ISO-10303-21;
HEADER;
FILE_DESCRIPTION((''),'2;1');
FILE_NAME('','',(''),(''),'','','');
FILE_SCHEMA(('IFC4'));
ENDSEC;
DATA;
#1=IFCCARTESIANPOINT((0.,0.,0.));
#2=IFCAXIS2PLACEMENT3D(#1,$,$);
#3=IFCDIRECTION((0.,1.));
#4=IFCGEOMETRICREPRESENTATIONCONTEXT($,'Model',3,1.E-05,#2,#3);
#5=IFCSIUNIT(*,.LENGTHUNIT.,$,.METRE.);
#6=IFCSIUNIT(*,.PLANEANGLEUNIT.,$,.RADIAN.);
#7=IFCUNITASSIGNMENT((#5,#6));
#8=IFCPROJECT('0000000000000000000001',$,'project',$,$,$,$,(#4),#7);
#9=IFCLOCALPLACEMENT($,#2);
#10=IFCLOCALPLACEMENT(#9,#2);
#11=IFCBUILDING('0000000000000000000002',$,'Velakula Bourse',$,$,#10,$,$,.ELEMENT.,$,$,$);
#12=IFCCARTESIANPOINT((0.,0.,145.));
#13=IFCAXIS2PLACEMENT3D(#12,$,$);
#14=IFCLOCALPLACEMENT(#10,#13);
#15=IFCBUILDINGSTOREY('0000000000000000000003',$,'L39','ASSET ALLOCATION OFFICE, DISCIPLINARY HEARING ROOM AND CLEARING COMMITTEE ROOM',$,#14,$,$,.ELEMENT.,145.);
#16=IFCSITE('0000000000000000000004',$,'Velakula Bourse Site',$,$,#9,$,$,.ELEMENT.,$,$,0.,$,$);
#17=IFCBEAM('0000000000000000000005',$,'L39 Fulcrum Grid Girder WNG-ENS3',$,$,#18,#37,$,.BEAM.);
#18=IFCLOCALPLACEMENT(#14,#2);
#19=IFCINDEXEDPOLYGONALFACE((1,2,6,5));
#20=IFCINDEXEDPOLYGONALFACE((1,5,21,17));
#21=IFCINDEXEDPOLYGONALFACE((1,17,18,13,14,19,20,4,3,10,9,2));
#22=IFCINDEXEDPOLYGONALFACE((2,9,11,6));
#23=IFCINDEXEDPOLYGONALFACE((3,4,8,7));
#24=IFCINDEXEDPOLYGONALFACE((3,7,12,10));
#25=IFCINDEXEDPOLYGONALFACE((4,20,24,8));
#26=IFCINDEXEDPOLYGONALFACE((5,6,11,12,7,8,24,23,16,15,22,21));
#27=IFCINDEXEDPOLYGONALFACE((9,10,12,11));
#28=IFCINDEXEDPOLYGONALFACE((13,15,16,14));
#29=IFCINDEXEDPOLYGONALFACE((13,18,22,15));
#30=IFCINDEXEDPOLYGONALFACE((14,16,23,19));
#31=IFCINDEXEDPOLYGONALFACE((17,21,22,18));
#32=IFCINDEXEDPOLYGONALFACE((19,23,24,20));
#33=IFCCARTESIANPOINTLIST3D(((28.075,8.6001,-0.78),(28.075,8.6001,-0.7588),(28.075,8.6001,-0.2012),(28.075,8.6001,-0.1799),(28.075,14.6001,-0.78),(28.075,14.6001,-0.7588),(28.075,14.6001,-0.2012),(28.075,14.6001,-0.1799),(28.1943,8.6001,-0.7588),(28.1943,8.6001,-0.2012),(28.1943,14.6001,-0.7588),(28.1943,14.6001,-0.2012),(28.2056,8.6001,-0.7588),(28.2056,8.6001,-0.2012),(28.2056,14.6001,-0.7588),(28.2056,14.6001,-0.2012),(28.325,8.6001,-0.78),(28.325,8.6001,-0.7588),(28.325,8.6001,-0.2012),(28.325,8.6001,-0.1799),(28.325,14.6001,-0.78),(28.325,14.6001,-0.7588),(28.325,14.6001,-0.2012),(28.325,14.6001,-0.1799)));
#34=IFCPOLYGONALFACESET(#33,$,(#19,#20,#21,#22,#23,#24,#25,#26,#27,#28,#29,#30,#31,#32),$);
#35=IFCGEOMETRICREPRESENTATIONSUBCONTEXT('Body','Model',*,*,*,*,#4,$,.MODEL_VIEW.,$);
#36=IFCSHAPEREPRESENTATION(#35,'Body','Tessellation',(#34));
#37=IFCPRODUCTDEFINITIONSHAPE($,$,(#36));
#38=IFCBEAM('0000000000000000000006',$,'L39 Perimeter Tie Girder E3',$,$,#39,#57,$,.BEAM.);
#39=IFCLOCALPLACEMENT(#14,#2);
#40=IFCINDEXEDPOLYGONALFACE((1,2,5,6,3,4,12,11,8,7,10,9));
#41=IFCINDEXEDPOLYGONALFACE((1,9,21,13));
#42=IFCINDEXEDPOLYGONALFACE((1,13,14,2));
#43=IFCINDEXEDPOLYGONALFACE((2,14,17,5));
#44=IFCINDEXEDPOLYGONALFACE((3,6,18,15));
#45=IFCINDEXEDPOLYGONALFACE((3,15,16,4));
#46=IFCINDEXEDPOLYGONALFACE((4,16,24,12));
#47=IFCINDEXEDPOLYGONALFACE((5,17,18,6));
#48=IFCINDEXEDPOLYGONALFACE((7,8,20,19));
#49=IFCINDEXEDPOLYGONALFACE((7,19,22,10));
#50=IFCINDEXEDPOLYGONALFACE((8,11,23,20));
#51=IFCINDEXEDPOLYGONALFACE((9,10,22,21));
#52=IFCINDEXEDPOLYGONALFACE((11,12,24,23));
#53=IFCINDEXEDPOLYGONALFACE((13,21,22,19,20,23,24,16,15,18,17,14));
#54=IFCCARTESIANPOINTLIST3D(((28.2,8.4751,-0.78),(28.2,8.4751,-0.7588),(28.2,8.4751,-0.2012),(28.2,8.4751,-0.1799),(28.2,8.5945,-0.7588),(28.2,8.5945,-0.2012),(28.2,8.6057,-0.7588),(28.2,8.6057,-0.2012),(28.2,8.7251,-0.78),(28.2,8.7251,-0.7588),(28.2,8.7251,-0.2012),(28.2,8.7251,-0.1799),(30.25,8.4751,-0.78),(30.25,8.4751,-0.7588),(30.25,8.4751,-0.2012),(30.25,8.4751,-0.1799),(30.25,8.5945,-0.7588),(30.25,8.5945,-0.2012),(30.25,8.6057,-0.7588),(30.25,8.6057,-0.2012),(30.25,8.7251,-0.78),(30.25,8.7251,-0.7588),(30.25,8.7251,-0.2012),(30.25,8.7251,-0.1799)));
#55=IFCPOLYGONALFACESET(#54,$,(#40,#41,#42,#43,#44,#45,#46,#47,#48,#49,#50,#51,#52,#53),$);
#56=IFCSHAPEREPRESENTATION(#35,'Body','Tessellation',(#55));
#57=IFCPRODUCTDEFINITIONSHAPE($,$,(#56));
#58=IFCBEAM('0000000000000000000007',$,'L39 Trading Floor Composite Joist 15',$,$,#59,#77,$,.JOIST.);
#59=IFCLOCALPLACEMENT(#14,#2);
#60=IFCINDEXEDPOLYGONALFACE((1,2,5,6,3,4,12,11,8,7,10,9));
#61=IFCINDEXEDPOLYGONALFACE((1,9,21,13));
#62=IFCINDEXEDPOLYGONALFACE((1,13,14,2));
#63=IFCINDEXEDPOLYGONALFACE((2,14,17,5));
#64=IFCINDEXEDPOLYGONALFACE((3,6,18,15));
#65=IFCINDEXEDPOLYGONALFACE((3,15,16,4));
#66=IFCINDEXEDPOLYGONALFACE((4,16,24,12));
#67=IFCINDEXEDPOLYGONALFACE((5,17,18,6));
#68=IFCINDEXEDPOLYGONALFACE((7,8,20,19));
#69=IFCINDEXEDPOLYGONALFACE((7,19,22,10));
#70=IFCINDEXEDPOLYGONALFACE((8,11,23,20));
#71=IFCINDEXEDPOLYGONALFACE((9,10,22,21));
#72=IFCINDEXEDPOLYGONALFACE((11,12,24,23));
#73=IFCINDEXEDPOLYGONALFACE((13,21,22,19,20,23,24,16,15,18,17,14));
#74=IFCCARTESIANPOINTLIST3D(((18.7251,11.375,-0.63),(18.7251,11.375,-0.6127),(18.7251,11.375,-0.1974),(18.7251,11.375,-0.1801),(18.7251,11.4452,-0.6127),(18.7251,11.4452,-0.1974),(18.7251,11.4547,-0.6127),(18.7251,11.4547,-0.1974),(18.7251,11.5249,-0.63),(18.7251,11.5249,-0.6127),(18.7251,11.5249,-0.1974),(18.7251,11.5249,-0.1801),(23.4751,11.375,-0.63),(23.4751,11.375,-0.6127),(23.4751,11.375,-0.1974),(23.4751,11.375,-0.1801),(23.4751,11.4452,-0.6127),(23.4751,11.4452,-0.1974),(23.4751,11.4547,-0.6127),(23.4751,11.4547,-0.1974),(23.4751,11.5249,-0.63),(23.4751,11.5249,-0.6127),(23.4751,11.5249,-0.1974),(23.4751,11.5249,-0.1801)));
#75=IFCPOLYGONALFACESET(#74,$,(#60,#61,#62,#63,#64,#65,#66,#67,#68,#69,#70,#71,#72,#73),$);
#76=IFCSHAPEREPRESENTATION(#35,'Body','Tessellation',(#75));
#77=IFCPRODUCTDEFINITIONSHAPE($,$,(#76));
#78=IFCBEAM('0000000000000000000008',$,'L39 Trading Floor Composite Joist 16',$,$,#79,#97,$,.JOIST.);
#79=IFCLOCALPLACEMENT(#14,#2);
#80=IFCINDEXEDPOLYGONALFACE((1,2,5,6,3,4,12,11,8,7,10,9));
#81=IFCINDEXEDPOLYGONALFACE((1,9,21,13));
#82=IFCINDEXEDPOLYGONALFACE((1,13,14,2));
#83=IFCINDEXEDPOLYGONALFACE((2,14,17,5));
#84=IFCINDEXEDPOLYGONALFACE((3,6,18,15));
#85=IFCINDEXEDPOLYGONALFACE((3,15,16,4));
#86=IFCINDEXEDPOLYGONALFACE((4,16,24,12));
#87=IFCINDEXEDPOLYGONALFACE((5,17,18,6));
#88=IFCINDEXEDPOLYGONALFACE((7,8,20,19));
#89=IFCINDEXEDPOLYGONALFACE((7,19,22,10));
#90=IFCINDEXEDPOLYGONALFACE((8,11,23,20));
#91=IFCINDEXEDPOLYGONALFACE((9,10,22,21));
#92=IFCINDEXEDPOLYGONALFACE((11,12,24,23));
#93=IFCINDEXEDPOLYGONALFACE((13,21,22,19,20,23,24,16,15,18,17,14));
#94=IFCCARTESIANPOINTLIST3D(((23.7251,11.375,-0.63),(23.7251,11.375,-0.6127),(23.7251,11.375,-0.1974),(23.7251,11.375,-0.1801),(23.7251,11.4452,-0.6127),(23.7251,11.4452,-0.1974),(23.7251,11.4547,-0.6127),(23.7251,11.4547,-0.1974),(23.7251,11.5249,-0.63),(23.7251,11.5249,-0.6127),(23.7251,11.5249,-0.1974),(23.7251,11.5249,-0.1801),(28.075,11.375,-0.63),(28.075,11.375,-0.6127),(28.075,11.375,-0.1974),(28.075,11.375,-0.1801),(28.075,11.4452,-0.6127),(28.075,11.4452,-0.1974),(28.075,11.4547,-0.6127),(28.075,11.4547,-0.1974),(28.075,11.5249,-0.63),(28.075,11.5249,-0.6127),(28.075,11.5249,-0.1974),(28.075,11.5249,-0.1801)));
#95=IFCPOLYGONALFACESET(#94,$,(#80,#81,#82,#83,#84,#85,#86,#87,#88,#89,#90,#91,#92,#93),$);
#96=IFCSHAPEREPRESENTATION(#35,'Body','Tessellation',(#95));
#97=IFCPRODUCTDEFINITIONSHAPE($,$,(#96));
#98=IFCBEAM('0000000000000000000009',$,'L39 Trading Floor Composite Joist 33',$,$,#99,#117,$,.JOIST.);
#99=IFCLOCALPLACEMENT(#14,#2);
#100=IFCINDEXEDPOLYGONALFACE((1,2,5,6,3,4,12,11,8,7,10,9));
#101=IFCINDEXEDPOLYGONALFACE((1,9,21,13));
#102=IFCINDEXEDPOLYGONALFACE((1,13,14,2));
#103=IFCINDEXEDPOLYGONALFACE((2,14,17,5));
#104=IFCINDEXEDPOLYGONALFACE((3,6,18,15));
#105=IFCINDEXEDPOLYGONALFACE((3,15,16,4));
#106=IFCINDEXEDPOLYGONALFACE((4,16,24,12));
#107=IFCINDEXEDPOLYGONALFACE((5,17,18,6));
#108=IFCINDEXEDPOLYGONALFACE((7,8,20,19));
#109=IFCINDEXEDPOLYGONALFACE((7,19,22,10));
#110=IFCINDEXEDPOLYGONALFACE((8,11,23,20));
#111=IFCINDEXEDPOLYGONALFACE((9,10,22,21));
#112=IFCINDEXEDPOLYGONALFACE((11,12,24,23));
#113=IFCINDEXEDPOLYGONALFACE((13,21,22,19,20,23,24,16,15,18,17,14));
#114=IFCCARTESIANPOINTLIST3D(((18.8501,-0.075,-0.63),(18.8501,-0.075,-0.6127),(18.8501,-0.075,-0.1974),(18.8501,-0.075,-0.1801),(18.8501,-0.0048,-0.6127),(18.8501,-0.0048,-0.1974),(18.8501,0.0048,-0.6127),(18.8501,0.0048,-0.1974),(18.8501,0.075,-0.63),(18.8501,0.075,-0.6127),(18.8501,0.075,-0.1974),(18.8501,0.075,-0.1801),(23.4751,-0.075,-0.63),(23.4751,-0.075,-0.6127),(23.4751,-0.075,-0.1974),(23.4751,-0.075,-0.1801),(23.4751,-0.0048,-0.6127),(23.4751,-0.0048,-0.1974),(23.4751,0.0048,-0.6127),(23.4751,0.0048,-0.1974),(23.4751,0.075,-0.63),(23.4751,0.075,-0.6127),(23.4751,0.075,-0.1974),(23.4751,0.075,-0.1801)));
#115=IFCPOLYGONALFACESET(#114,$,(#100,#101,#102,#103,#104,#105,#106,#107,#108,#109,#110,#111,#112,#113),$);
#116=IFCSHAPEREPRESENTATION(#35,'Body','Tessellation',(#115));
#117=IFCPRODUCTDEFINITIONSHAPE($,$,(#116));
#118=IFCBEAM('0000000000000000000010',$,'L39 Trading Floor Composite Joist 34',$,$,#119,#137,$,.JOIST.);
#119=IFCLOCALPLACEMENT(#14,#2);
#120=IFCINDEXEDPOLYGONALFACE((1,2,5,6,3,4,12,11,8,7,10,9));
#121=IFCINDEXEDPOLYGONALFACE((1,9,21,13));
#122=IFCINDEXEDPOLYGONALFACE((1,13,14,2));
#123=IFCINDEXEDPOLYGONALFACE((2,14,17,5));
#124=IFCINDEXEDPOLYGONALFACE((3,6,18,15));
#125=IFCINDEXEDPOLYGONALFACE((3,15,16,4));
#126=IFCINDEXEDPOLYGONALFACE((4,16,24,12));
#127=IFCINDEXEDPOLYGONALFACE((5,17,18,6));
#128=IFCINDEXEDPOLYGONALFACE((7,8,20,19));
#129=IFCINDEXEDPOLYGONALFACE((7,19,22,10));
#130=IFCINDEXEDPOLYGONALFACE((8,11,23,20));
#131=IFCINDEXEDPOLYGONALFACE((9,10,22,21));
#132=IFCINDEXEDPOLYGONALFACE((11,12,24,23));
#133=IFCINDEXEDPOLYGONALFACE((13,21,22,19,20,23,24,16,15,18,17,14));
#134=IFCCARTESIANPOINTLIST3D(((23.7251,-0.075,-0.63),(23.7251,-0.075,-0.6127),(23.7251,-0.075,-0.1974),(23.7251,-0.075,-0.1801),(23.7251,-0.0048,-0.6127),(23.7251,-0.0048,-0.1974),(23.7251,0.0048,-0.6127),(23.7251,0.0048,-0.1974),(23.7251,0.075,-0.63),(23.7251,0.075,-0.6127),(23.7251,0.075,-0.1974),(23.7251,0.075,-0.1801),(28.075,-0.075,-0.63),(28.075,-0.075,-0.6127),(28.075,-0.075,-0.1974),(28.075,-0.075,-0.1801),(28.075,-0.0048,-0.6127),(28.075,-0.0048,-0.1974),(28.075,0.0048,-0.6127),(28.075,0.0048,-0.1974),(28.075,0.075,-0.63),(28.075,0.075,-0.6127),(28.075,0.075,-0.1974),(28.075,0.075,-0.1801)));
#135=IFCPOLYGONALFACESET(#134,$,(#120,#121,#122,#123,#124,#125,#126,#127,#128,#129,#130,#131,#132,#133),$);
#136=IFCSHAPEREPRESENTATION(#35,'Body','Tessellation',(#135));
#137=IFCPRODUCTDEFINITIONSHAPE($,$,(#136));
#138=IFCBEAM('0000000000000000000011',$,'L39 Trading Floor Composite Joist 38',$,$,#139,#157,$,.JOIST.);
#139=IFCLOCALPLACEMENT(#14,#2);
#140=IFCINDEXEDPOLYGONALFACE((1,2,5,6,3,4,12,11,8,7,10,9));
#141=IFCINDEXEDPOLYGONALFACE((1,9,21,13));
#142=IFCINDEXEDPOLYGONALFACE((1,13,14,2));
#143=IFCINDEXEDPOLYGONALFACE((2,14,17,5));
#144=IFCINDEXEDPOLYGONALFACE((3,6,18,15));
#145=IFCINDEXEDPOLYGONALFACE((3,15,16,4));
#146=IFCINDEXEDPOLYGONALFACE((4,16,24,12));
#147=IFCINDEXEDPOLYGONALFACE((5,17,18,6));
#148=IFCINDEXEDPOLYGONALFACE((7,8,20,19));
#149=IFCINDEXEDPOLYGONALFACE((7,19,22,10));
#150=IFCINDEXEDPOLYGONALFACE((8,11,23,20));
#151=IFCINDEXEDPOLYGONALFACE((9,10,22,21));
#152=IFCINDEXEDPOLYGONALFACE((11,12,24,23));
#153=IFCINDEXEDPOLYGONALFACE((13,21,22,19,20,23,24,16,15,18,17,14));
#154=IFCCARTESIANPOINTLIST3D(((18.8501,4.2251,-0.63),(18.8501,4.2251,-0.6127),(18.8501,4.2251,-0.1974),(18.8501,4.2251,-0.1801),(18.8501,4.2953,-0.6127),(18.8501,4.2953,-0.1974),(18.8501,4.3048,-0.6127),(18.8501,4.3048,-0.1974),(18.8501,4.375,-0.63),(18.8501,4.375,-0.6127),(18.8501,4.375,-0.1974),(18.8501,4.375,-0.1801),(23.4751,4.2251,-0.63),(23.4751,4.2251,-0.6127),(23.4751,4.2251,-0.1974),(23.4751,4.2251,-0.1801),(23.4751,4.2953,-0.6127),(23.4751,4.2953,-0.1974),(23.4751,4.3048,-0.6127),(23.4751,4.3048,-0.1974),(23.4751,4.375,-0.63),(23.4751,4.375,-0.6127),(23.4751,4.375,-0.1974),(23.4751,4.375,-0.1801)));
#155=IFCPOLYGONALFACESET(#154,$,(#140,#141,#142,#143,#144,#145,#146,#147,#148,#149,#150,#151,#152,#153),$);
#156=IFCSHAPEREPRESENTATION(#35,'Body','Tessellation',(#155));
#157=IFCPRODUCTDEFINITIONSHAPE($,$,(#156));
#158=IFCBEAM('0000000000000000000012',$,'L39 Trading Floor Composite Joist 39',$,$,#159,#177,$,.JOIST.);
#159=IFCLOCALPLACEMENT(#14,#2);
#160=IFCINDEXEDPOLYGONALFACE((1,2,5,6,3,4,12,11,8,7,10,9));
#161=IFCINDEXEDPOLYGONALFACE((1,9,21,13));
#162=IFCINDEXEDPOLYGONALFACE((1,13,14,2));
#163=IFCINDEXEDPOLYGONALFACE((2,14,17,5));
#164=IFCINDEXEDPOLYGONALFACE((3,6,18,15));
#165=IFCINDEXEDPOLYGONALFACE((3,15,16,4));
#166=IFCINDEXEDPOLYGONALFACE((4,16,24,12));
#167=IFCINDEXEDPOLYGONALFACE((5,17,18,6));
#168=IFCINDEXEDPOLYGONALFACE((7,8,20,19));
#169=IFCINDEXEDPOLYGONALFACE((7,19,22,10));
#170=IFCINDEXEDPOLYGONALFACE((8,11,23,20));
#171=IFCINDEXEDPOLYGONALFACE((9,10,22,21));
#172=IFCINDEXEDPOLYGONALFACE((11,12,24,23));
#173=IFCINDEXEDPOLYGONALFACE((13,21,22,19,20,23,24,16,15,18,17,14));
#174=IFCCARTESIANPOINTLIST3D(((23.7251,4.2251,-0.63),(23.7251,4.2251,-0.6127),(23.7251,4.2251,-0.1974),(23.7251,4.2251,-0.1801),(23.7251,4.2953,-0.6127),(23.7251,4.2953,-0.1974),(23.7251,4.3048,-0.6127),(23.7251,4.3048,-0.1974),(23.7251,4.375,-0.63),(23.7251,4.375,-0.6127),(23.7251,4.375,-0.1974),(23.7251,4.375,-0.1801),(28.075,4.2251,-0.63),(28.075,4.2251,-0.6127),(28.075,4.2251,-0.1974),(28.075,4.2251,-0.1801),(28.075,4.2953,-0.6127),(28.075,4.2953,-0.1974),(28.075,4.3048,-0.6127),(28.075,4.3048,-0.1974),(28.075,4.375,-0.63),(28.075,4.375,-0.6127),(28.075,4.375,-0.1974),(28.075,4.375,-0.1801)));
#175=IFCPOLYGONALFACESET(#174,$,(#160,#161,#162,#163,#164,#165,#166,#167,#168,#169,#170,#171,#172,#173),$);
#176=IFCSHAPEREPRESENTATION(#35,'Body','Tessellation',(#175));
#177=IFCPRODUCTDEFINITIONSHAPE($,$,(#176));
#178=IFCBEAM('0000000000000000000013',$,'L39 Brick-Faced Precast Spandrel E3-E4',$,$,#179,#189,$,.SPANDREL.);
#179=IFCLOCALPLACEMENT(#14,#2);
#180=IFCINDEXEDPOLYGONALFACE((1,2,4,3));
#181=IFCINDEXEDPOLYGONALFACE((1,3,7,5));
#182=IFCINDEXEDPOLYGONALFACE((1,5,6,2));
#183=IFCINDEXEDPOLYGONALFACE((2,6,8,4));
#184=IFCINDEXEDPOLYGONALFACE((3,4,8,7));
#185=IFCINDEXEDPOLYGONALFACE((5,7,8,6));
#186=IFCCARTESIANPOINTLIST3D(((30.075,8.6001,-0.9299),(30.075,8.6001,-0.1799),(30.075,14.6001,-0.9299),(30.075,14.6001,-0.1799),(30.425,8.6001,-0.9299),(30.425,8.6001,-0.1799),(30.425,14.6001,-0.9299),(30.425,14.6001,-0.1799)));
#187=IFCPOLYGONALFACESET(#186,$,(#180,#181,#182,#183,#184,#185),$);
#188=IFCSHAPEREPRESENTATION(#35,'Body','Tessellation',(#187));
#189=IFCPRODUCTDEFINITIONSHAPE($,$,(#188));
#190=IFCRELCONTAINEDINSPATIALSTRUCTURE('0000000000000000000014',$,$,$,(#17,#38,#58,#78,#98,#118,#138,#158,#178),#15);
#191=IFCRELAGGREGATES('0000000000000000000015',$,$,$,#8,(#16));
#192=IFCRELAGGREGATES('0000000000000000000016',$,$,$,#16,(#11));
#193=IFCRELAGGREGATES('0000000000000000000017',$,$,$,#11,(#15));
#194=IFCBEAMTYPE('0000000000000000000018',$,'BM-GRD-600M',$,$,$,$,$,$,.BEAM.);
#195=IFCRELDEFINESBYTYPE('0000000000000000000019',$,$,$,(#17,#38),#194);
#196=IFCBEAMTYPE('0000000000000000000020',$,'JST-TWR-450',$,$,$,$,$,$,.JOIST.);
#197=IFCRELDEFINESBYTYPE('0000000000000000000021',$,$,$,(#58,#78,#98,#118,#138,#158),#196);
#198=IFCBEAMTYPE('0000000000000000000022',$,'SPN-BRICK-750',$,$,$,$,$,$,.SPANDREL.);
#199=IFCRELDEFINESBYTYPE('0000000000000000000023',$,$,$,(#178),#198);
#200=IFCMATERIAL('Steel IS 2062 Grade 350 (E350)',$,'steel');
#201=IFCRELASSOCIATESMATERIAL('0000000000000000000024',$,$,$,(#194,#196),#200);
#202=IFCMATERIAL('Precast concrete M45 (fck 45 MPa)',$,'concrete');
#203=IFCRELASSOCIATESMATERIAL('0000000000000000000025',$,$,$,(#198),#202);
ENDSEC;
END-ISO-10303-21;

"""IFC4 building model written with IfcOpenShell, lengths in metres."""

from ifc_helpers import new_model, si_unit, direction, frame, origin, origin_2d, place, context, subcontext, project, spatial, rectangle, i_section, extrude, material, material_profile, profile_set, type_object, element, save


model = new_model("IFC4")

# Units and contexts
model_context = context("Model", 3, precision=1e-05, world=origin(), true_north=direction((0.0, 1.0)))
body_context = subcontext(model_context, "Body", "Model", "MODEL_VIEW")
ifc_project = project(units=[si_unit("LENGTHUNIT", "METRE"), si_unit("PLANEANGLEUNIT", "RADIAN")], contexts=[model_context])

# Site, building, storey
site_placement = place(None, origin())
site = spatial("IfcSite", under=ifc_project, at=site_placement, Name="Velakula Bourse Site", CompositionType="ELEMENT", RefElevation=0.0)
building_placement = place(site_placement, origin())
building = spatial("IfcBuilding", under=site, at=building_placement, Name="Velakula Bourse", CompositionType="ELEMENT")
storey_placement = place(building_placement, frame((0.0, 0.0, 145.0)))
storey = spatial("IfcBuildingStorey", under=building, at=storey_placement, Name="L39", Description="ASSET ALLOCATION OFFICE, DISCIPLINARY HEARING ROOM AND CLEARING COMMITTEE ROOM", CompositionType="ELEMENT", Elevation=145.0)

# Shared definitions
ifc_material_1 = material(Name="Steel IS 2062 Grade 350 (E350)", Category="steel")

# Beams
ifc_material_profile_1 = material_profile(ifc_material_1, i_section(OverallWidth=0.25, OverallDepth=0.6001, WebThickness=0.0112, FlangeThickness=0.0212, at=origin_2d()), Name="Steel IS 2062 Grade 350 (E350)")
ifc_profile_set_1 = profile_set([ifc_material_profile_1], Name="Steel IS 2062 Grade 350 (E350)")
beam_type_1 = type_object("IfcBeamType", Name="BM-GRD-600M", PredefinedType="BEAM", material=ifc_profile_set_1)
beam_1_placement = place(storey_placement, frame((28.2, 8.6001, -0.48), z_axis=(0.0, 1.0, 0.0), x_axis=(-1.0, 0.0, 0.0)))
element("IfcBeam", 1, at=beam_1_placement, inside=storey, type_object=beam_type_1, Name="L39 Fulcrum Grid Girder WNG-ENS3", PredefinedType="BEAM", context=body_context, shape_type="SweptSolid", body=[
    extrude(i_section(OverallWidth=0.25, OverallDepth=0.6001, WebThickness=0.0112, FlangeThickness=0.0212, at=origin_2d()), origin(), (0.0, 0.0, 1.0), 6.0),
])
beam_2_placement = place(storey_placement, frame((28.2, 8.6001, -0.48), z_axis=(1.0, 0.0, 0.0), x_axis=(0.0, 1.0, 0.0)))
element("IfcBeam", 2, at=beam_2_placement, inside=storey, type_object=beam_type_1, Name="L39 Perimeter Tie Girder E3", PredefinedType="BEAM", context=body_context, shape_type="SweptSolid", body=[
    extrude(i_section(OverallWidth=0.25, OverallDepth=0.6001, WebThickness=0.0112, FlangeThickness=0.0212, at=origin_2d()), origin(), (0.0, 0.0, 1.0), 2.05),
])
ifc_material_profile_2 = material_profile(ifc_material_1, i_section(OverallWidth=0.1499, OverallDepth=0.45, WebThickness=0.0095, FlangeThickness=0.0173, at=origin_2d()), Name="Steel IS 2062 Grade 350 (E350)")
ifc_profile_set_2 = profile_set([ifc_material_profile_2], Name="Steel IS 2062 Grade 350 (E350)")
beam_type_2 = type_object("IfcBeamType", Name="JST-TWR-450", PredefinedType="JOIST", material=ifc_profile_set_2)
beam_3_placement = place(storey_placement, frame((18.7251, 11.45, -0.405), z_axis=(1.0, 0.0, 0.0), x_axis=(0.0, 1.0, 0.0)))
element("IfcBeam", 3, at=beam_3_placement, inside=storey, type_object=beam_type_2, Name="L39 Trading Floor Composite Joist 15", PredefinedType="JOIST", context=body_context, shape_type="SweptSolid", body=[
    extrude(i_section(OverallWidth=0.1499, OverallDepth=0.45, WebThickness=0.0095, FlangeThickness=0.0173, at=origin_2d()), origin(), (0.0, 0.0, 1.0), 4.75),
])
beam_4_placement = place(storey_placement, frame((23.7251, 11.45, -0.405), z_axis=(1.0, 0.0, 0.0), x_axis=(0.0, 1.0, 0.0)))
element("IfcBeam", 4, at=beam_4_placement, inside=storey, type_object=beam_type_2, Name="L39 Trading Floor Composite Joist 16", PredefinedType="JOIST", context=body_context, shape_type="SweptSolid", body=[
    extrude(i_section(OverallWidth=0.1499, OverallDepth=0.45, WebThickness=0.0095, FlangeThickness=0.0173, at=origin_2d()), origin(), (0.0, 0.0, 1.0), 4.3499),
])
beam_5_placement = place(storey_placement, frame((18.8501, 0.0, -0.405), z_axis=(1.0, 0.0, 0.0), x_axis=(0.0, 1.0, 0.0)))
element("IfcBeam", 5, at=beam_5_placement, inside=storey, type_object=beam_type_2, Name="L39 Trading Floor Composite Joist 33", PredefinedType="JOIST", context=body_context, shape_type="SweptSolid", body=[
    extrude(i_section(OverallWidth=0.1499, OverallDepth=0.45, WebThickness=0.0095, FlangeThickness=0.0173, at=origin_2d()), origin(), (0.0, 0.0, 1.0), 4.625),
])
beam_6_placement = place(storey_placement, frame((23.7251, 0.0, -0.405), z_axis=(1.0, 0.0, 0.0), x_axis=(0.0, 1.0, 0.0)))
element("IfcBeam", 6, at=beam_6_placement, inside=storey, type_object=beam_type_2, Name="L39 Trading Floor Composite Joist 34", PredefinedType="JOIST", context=body_context, shape_type="SweptSolid", body=[
    extrude(i_section(OverallWidth=0.1499, OverallDepth=0.45, WebThickness=0.0095, FlangeThickness=0.0173, at=origin_2d()), origin(), (0.0, 0.0, 1.0), 4.3499),
])
beam_7_placement = place(storey_placement, frame((18.8501, 4.3, -0.405), z_axis=(1.0, 0.0, 0.0), x_axis=(0.0, 1.0, 0.0)))
element("IfcBeam", 7, at=beam_7_placement, inside=storey, type_object=beam_type_2, Name="L39 Trading Floor Composite Joist 38", PredefinedType="JOIST", context=body_context, shape_type="SweptSolid", body=[
    extrude(i_section(OverallWidth=0.1499, OverallDepth=0.45, WebThickness=0.0095, FlangeThickness=0.0173, at=origin_2d()), origin(), (0.0, 0.0, 1.0), 4.625),
])
beam_8_placement = place(storey_placement, frame((23.7251, 4.3, -0.405), z_axis=(1.0, 0.0, 0.0), x_axis=(0.0, 1.0, 0.0)))
element("IfcBeam", 8, at=beam_8_placement, inside=storey, type_object=beam_type_2, Name="L39 Trading Floor Composite Joist 39", PredefinedType="JOIST", context=body_context, shape_type="SweptSolid", body=[
    extrude(i_section(OverallWidth=0.1499, OverallDepth=0.45, WebThickness=0.0095, FlangeThickness=0.0173, at=origin_2d()), origin(), (0.0, 0.0, 1.0), 4.3499),
])
ifc_material_2 = material(Name="Precast concrete M45 (fck 45 MPa)", Category="concrete")
ifc_material_profile_3 = material_profile(ifc_material_2, rectangle(XDim=0.3501, YDim=0.75, at=origin_2d()), Name="Precast concrete M45 (fck 45 MPa)")
ifc_profile_set_3 = profile_set([ifc_material_profile_3], Name="Precast concrete M45 (fck 45 MPa)")
beam_type_3 = type_object("IfcBeamType", Name="SPN-BRICK-750", PredefinedType="SPANDREL", material=ifc_profile_set_3)
beam_9_placement = place(storey_placement, frame((30.25, 8.6001, -0.5549), z_axis=(0.0, 1.0, 0.0), x_axis=(-1.0, 0.0, 0.0)))
element("IfcBeam", 9, at=beam_9_placement, inside=storey, type_object=beam_type_3, Name="L39 Brick-Faced Precast Spandrel E3-E4", PredefinedType="SPANDREL", context=body_context, shape_type="SweptSolid", body=[
    extrude(rectangle(XDim=0.3501, YDim=0.75, at=origin_2d()), origin(), (0.0, 0.0, 1.0), 6.0),
])

save(model, "model.ifc")
